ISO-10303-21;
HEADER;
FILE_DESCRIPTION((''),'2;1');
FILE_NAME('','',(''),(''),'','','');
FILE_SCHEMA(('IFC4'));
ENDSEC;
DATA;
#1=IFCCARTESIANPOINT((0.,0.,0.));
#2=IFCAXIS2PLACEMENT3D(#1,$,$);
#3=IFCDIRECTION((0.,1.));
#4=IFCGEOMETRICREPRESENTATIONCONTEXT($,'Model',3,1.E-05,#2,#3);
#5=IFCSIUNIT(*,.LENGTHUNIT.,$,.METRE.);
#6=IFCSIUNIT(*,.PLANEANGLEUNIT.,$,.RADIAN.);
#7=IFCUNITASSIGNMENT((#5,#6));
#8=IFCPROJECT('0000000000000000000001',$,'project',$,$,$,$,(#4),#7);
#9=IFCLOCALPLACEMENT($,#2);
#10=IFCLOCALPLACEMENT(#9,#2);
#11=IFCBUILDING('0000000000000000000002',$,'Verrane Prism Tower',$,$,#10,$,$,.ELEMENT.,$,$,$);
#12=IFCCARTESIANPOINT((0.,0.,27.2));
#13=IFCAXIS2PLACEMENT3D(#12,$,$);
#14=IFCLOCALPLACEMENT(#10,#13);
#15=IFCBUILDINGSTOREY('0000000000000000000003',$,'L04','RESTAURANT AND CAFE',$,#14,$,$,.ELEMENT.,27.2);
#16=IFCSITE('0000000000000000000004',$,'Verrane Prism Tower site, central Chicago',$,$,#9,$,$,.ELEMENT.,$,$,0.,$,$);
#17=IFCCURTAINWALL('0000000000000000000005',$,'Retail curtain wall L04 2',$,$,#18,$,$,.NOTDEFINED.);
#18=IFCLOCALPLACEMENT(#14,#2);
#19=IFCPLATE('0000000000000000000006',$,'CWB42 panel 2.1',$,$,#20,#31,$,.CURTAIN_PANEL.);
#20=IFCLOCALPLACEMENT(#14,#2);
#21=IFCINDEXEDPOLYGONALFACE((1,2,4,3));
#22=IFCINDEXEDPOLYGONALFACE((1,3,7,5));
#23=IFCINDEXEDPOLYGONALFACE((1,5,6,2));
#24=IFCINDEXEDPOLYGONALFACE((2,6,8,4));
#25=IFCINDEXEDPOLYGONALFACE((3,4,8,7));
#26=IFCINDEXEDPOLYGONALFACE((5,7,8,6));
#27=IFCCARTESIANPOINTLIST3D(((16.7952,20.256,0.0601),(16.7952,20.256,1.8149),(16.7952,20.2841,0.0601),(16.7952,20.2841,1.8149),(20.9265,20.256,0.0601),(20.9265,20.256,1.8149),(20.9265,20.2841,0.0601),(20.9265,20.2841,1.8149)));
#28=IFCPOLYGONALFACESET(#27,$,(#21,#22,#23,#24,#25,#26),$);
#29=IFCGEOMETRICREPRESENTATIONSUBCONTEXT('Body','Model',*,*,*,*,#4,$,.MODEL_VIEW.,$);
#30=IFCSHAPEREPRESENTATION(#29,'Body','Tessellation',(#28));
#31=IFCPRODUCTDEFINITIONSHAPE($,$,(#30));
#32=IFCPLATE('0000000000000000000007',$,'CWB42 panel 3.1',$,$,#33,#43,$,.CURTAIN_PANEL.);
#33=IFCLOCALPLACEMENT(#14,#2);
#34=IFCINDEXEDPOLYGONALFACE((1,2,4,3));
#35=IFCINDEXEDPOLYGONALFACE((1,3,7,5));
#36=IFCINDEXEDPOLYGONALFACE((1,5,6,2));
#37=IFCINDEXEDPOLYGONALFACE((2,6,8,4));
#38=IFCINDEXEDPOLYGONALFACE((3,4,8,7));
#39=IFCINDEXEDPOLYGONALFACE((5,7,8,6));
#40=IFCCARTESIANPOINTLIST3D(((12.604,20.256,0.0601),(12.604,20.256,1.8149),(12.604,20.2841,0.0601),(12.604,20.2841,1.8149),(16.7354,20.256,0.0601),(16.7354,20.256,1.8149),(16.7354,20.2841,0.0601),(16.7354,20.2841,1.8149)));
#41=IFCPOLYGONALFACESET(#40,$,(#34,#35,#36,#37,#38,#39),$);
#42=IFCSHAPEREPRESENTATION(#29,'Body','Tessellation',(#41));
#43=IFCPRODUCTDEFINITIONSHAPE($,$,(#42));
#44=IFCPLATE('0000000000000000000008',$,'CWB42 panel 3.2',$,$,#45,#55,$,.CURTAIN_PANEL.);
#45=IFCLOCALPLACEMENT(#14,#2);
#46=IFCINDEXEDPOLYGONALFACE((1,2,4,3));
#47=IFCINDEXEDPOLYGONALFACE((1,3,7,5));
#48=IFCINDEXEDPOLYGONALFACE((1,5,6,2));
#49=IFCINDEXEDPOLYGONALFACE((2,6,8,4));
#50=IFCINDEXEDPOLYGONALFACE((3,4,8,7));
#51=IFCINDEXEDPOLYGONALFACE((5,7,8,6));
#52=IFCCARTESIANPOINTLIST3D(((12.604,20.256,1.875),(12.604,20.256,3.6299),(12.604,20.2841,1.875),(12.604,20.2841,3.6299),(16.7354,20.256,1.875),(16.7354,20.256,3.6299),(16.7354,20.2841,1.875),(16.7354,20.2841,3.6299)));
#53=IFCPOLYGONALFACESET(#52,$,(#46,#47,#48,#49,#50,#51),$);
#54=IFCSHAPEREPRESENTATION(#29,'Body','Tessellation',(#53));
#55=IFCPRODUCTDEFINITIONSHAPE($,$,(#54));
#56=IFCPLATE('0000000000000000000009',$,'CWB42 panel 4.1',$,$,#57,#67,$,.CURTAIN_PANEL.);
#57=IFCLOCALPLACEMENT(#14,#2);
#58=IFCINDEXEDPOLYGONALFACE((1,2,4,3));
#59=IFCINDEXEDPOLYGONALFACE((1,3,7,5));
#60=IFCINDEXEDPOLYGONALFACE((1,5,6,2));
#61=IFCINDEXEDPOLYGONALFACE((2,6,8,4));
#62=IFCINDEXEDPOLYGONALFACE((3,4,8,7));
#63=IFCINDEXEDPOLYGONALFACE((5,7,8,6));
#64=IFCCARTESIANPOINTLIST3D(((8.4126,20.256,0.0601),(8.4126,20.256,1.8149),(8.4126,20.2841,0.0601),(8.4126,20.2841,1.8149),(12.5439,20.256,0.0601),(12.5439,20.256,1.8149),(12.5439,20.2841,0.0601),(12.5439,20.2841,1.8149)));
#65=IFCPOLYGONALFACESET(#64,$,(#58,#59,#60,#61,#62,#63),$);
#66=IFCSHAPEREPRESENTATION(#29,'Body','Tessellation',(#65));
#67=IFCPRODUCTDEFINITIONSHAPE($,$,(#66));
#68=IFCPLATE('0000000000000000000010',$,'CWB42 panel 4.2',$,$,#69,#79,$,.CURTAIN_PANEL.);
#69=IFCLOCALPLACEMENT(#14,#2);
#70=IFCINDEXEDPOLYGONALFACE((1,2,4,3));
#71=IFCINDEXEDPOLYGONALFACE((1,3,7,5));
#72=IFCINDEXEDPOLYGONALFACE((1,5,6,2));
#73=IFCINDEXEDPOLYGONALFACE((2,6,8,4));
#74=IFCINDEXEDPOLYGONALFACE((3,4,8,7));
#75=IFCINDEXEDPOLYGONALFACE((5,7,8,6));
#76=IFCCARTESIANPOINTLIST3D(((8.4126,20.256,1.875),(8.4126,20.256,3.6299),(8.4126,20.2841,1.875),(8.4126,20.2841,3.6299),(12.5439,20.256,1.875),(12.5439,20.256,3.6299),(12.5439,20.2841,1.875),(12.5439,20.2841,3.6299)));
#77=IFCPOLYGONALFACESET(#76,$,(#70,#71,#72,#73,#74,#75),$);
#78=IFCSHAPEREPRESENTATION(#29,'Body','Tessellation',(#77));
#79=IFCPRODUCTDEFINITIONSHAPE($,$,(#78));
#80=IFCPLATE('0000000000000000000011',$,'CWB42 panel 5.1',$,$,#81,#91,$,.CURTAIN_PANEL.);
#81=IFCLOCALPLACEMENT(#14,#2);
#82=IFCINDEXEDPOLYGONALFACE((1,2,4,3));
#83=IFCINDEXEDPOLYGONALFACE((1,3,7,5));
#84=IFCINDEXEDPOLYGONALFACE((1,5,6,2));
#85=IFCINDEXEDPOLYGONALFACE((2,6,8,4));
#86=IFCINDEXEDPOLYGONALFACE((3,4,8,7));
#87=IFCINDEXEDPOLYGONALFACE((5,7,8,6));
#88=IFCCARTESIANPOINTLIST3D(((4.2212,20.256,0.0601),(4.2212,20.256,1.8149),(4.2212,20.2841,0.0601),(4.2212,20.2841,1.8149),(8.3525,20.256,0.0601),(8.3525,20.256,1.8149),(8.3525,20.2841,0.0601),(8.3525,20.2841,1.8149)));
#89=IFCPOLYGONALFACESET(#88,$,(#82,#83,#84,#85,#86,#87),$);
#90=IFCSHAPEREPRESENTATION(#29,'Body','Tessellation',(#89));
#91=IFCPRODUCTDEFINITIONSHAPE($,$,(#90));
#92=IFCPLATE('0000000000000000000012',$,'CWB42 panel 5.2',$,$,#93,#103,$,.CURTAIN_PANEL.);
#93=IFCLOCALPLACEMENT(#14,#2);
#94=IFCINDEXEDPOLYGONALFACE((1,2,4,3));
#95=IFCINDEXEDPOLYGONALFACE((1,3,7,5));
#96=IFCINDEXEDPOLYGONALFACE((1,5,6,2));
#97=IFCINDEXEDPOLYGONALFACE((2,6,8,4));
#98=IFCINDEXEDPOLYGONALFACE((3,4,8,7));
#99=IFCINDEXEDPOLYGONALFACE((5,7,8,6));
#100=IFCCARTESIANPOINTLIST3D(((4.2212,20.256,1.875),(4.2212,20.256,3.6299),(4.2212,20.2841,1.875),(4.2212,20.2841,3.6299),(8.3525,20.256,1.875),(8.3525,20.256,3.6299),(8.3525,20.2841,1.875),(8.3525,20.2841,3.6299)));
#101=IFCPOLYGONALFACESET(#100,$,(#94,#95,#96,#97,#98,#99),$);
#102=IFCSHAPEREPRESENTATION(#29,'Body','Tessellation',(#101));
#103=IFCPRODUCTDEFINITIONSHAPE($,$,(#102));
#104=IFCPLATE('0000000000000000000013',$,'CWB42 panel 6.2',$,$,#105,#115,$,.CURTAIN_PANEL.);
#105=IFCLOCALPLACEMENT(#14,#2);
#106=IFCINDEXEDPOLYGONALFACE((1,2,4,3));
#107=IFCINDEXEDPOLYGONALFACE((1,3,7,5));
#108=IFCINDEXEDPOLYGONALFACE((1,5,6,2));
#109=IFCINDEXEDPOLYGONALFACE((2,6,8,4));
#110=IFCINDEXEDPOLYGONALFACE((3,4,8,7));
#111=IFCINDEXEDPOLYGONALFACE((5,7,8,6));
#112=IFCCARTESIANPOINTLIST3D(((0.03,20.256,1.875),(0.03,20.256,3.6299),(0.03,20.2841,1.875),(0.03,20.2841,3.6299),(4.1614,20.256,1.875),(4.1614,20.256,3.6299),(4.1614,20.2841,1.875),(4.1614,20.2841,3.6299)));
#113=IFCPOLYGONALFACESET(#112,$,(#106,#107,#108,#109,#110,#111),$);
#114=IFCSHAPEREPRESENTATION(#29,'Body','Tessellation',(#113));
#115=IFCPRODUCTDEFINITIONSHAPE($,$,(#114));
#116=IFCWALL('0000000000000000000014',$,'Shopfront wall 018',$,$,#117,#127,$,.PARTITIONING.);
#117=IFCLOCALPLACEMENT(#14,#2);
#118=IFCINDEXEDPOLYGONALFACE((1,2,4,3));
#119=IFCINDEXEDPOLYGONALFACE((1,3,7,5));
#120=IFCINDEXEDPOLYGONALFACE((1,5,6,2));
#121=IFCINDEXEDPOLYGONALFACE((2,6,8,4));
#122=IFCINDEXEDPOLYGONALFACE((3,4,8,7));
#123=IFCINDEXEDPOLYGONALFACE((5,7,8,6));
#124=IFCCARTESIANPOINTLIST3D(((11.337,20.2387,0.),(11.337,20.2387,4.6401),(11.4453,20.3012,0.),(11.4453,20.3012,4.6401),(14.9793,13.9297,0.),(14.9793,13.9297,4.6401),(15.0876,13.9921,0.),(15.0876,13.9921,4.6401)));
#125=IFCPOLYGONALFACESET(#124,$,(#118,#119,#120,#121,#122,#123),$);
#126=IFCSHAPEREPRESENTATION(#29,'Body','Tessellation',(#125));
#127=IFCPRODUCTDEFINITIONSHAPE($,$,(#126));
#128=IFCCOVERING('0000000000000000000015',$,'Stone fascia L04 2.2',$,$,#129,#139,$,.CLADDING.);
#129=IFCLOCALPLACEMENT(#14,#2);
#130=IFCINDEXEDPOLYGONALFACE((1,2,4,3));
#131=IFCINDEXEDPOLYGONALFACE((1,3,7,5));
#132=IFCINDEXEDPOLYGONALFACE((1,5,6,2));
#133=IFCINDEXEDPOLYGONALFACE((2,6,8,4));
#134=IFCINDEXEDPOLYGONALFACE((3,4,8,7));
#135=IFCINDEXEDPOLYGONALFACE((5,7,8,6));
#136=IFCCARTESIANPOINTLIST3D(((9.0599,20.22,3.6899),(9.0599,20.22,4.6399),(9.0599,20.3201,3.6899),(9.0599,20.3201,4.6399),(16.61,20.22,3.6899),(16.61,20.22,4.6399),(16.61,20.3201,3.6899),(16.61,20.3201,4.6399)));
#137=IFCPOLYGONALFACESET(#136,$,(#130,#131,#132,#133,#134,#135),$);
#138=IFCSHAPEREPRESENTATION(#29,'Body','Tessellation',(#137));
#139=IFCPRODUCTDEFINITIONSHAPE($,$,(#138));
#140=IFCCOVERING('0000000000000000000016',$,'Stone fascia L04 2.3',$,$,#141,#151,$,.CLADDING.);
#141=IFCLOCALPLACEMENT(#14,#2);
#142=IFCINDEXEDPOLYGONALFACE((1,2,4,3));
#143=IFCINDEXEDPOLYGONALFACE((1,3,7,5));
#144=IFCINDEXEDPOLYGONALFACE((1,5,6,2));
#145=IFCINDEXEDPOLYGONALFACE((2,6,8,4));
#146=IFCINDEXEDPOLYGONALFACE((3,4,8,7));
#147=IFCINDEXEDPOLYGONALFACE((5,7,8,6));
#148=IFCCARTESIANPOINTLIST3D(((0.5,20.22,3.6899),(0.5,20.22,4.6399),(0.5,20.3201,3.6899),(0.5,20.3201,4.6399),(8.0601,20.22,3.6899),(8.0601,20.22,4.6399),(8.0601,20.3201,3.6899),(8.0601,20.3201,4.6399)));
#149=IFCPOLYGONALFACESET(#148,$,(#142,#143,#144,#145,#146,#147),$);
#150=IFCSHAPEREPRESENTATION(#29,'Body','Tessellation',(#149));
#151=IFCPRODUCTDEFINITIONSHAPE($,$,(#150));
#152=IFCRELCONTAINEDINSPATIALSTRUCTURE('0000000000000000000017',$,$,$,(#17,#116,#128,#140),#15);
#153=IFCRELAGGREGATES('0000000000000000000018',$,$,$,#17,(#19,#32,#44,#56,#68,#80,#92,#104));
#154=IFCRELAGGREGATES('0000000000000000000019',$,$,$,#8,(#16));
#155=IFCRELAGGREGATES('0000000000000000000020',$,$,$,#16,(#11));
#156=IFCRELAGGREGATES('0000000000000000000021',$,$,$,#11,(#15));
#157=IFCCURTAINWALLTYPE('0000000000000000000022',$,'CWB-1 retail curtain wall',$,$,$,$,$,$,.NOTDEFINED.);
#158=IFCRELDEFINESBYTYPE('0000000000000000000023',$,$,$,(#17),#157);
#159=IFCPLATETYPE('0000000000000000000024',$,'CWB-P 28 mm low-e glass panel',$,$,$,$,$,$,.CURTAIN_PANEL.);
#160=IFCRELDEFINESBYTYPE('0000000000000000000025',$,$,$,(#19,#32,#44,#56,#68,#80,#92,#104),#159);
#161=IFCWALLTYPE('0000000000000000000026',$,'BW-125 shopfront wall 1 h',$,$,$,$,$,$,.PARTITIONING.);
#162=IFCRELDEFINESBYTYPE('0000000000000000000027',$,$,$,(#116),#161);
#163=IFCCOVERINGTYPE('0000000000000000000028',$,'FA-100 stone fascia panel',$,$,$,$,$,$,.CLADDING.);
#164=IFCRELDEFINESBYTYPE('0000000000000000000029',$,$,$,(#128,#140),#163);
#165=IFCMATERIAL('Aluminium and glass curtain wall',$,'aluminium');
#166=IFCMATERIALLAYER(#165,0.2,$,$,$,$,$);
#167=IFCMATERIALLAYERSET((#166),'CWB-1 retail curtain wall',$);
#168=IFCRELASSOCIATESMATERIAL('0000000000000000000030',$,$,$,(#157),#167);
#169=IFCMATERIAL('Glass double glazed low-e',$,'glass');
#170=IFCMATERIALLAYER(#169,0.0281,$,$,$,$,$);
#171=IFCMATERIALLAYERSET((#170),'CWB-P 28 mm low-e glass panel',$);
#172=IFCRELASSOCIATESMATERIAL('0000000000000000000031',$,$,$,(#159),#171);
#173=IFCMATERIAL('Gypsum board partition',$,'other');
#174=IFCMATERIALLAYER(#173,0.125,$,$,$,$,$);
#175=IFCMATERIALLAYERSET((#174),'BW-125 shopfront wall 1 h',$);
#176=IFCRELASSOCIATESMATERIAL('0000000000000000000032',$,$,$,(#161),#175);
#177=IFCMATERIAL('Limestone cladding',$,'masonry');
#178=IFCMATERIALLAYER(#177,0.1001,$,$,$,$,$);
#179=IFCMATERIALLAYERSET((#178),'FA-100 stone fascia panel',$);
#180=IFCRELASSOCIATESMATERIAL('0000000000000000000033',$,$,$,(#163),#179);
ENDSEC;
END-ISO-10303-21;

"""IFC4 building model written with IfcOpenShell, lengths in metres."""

from ifc_helpers import new_model, si_unit, direction, frame, frame_2d, origin, origin_2d, place, context, subcontext, project, spatial, rectangle, extrude, material, layer, layer_set, type_object, element, aggregate, save


model = new_model("IFC4")

# Units and contexts
model_context = context("Model", 3, precision=1e-05, world=origin(), true_north=direction((0.0, 1.0)))
body_context = subcontext(model_context, "Body", "Model", "MODEL_VIEW")
ifc_project = project(units=[si_unit("LENGTHUNIT", "METRE"), si_unit("PLANEANGLEUNIT", "RADIAN")], contexts=[model_context])

# Site, building, storey
site_placement = place(None, origin())
site = spatial("IfcSite", under=ifc_project, at=site_placement, Name="Verrane Prism Tower site, central Chicago", CompositionType="ELEMENT", RefElevation=0.0)
building_placement = place(site_placement, origin())
building = spatial("IfcBuilding", under=site, at=building_placement, Name="Verrane Prism Tower", CompositionType="ELEMENT")
storey_placement = place(building_placement, frame((0.0, 0.0, 27.2)))
storey = spatial("IfcBuildingStorey", under=building, at=storey_placement, Name="L04", Description="RESTAURANT AND CAFE", CompositionType="ELEMENT", Elevation=27.2)

# Curtain wall
ifc_material_1 = material(Name="Aluminium and glass curtain wall", Category="aluminium")
ifc_layer_1 = layer(ifc_material_1, 0.2)
ifc_layer_set_1 = layer_set([ifc_layer_1], Name="CWB-1 retail curtain wall")
curtain_wall_type = type_object("IfcCurtainWallType", Name="CWB-1 retail curtain wall", PredefinedType="NOTDEFINED", material=ifc_layer_set_1)
curtain_wall_placement = place(storey_placement, origin())
curtain_wall = element("IfcCurtainWall", 1, at=curtain_wall_placement, inside=storey, type_object=curtain_wall_type, Name="Retail curtain wall L04 2", PredefinedType="NOTDEFINED")

# Plates
ifc_material_2 = material(Name="Glass double glazed low-e", Category="glass")
ifc_layer_2 = layer(ifc_material_2, 0.0281)
ifc_layer_set_2 = layer_set([ifc_layer_2], Name="CWB-P 28 mm low-e glass panel")
plate_type = type_object("IfcPlateType", Name="CWB-P 28 mm low-e glass panel", PredefinedType="CURTAIN_PANEL", material=ifc_layer_set_2)
plate_1_placement = place(storey_placement, frame((18.8608, 20.27, 0.0601), z_axis=(0.0, 0.0, 1.0), x_axis=(-1.0, 0.0, 0.0)))
plate_1 = element("IfcPlate", 2, at=plate_1_placement, type_object=plate_type, Name="CWB42 panel 2.1", PredefinedType="CURTAIN_PANEL", context=body_context, shape_type="SweptSolid", body=[
    extrude(rectangle(XDim=4.1313, YDim=0.0281, at=origin_2d()), origin(), (0.0, 0.0, 1.0), 1.7549),
])
plate_2_placement = place(storey_placement, frame((14.6697, 20.27, 0.0601), z_axis=(0.0, 0.0, 1.0), x_axis=(-1.0, 0.0, 0.0)))
plate_2 = element("IfcPlate", 3, at=plate_2_placement, type_object=plate_type, Name="CWB42 panel 3.1", PredefinedType="CURTAIN_PANEL", context=body_context, shape_type="SweptSolid", body=[
    extrude(rectangle(XDim=4.1313, YDim=0.0281, at=origin_2d()), origin(), (0.0, 0.0, 1.0), 1.7549),
])
plate_3_placement = place(storey_placement, frame((14.6697, 20.27, 1.875), z_axis=(0.0, 0.0, 1.0), x_axis=(-1.0, 0.0, 0.0)))
plate_3 = element("IfcPlate", 4, at=plate_3_placement, type_object=plate_type, Name="CWB42 panel 3.2", PredefinedType="CURTAIN_PANEL", context=body_context, shape_type="SweptSolid", body=[
    extrude(rectangle(XDim=4.1313, YDim=0.0281, at=origin_2d()), origin(), (0.0, 0.0, 1.0), 1.7549),
])
plate_4_placement = place(storey_placement, frame((10.4783, 20.27, 0.0601), z_axis=(0.0, 0.0, 1.0), x_axis=(-1.0, 0.0, 0.0)))
plate_4 = element("IfcPlate", 5, at=plate_4_placement, type_object=plate_type, Name="CWB42 panel 4.1", PredefinedType="CURTAIN_PANEL", context=body_context, shape_type="SweptSolid", body=[
    extrude(rectangle(XDim=4.1313, YDim=0.0281, at=origin_2d()), origin(), (0.0, 0.0, 1.0), 1.7549),
])
plate_5_placement = place(storey_placement, frame((10.4783, 20.27, 1.875), z_axis=(0.0, 0.0, 1.0), x_axis=(-1.0, 0.0, 0.0)))
plate_5 = element("IfcPlate", 6, at=plate_5_placement, type_object=plate_type, Name="CWB42 panel 4.2", PredefinedType="CURTAIN_PANEL", context=body_context, shape_type="SweptSolid", body=[
    extrude(rectangle(XDim=4.1313, YDim=0.0281, at=origin_2d()), origin(), (0.0, 0.0, 1.0), 1.7549),
])
plate_6_placement = place(storey_placement, frame((6.2869, 20.27, 0.0601), z_axis=(0.0, 0.0, 1.0), x_axis=(-1.0, 0.0, 0.0)))
plate_6 = element("IfcPlate", 7, at=plate_6_placement, type_object=plate_type, Name="CWB42 panel 5.1", PredefinedType="CURTAIN_PANEL", context=body_context, shape_type="SweptSolid", body=[
    extrude(rectangle(XDim=4.1313, YDim=0.0281, at=origin_2d()), origin(), (0.0, 0.0, 1.0), 1.7549),
])
plate_7_placement = place(storey_placement, frame((6.2869, 20.27, 1.875), z_axis=(0.0, 0.0, 1.0), x_axis=(-1.0, 0.0, 0.0)))
plate_7 = element("IfcPlate", 8, at=plate_7_placement, type_object=plate_type, Name="CWB42 panel 5.2", PredefinedType="CURTAIN_PANEL", context=body_context, shape_type="SweptSolid", body=[
    extrude(rectangle(XDim=4.1313, YDim=0.0281, at=origin_2d()), origin(), (0.0, 0.0, 1.0), 1.7549),
])
plate_8_placement = place(storey_placement, frame((2.0957, 20.27, 1.875), z_axis=(0.0, 0.0, 1.0), x_axis=(-1.0, 0.0, 0.0)))
plate_8 = element("IfcPlate", 9, at=plate_8_placement, type_object=plate_type, Name="CWB42 panel 6.2", PredefinedType="CURTAIN_PANEL", context=body_context, shape_type="SweptSolid", body=[
    extrude(rectangle(XDim=4.1313, YDim=0.0281, at=origin_2d()), origin(), (0.0, 0.0, 1.0), 1.7549),
])
aggregate(curtain_wall, [plate_1, plate_2, plate_3, plate_4, plate_5, plate_6, plate_7, plate_8])

# Wall
ifc_material_3 = material(Name="Gypsum board partition", Category="other")
ifc_layer_3 = layer(ifc_material_3, 0.125)
ifc_layer_set_3 = layer_set([ifc_layer_3], Name="BW-125 shopfront wall 1 h")
wall_type = type_object("IfcWallType", Name="BW-125 shopfront wall 1 h", PredefinedType="PARTITIONING", material=ifc_layer_set_3)
wall_placement = place(storey_placement, frame((11.3911, 20.27, 0.0), z_axis=(0.0, 0.0, 1.0), x_axis=(0.499978, -0.866038, 0.0)))
element("IfcWall", 10, at=wall_placement, inside=storey, type_object=wall_type, Name="Shopfront wall 018", PredefinedType="PARTITIONING", context=body_context, shape_type="SweptSolid", body=[
    extrude(rectangle(XDim=7.2849, YDim=0.125, at=frame_2d((3.6426, 0.0))), origin(), (0.0, 0.0, 1.0), 4.6401),
])

# Coverings
ifc_material_4 = material(Name="Limestone cladding", Category="masonry")
ifc_layer_4 = layer(ifc_material_4, 0.1001)
ifc_layer_set_4 = layer_set([ifc_layer_4], Name="FA-100 stone fascia panel")
covering_type = type_object("IfcCoveringType", Name="FA-100 stone fascia panel", PredefinedType="CLADDING", material=ifc_layer_set_4)
covering_1_placement = place(storey_placement, frame((12.835, 20.27, 3.6899), z_axis=(0.0, 0.0, 1.0), x_axis=(-1.0, 0.0, 0.0)))
element("IfcCovering", 11, at=covering_1_placement, inside=storey, type_object=covering_type, Name="Stone fascia L04 2.2", PredefinedType="CLADDING", context=body_context, shape_type="SweptSolid", body=[
    extrude(rectangle(XDim=7.55, YDim=0.1001, at=origin_2d()), origin(), (0.0, 0.0, 1.0), 0.95),
])
covering_2_placement = place(storey_placement, frame((4.28, 20.27, 3.6899), z_axis=(0.0, 0.0, 1.0), x_axis=(-1.0, 0.0, 0.0)))
element("IfcCovering", 12, at=covering_2_placement, inside=storey, type_object=covering_type, Name="Stone fascia L04 2.3", PredefinedType="CLADDING", context=body_context, shape_type="SweptSolid", body=[
    extrude(rectangle(XDim=7.5601, YDim=0.1001, at=origin_2d()), origin(), (0.0, 0.0, 1.0), 0.95),
])

save(model, "model.ifc")
